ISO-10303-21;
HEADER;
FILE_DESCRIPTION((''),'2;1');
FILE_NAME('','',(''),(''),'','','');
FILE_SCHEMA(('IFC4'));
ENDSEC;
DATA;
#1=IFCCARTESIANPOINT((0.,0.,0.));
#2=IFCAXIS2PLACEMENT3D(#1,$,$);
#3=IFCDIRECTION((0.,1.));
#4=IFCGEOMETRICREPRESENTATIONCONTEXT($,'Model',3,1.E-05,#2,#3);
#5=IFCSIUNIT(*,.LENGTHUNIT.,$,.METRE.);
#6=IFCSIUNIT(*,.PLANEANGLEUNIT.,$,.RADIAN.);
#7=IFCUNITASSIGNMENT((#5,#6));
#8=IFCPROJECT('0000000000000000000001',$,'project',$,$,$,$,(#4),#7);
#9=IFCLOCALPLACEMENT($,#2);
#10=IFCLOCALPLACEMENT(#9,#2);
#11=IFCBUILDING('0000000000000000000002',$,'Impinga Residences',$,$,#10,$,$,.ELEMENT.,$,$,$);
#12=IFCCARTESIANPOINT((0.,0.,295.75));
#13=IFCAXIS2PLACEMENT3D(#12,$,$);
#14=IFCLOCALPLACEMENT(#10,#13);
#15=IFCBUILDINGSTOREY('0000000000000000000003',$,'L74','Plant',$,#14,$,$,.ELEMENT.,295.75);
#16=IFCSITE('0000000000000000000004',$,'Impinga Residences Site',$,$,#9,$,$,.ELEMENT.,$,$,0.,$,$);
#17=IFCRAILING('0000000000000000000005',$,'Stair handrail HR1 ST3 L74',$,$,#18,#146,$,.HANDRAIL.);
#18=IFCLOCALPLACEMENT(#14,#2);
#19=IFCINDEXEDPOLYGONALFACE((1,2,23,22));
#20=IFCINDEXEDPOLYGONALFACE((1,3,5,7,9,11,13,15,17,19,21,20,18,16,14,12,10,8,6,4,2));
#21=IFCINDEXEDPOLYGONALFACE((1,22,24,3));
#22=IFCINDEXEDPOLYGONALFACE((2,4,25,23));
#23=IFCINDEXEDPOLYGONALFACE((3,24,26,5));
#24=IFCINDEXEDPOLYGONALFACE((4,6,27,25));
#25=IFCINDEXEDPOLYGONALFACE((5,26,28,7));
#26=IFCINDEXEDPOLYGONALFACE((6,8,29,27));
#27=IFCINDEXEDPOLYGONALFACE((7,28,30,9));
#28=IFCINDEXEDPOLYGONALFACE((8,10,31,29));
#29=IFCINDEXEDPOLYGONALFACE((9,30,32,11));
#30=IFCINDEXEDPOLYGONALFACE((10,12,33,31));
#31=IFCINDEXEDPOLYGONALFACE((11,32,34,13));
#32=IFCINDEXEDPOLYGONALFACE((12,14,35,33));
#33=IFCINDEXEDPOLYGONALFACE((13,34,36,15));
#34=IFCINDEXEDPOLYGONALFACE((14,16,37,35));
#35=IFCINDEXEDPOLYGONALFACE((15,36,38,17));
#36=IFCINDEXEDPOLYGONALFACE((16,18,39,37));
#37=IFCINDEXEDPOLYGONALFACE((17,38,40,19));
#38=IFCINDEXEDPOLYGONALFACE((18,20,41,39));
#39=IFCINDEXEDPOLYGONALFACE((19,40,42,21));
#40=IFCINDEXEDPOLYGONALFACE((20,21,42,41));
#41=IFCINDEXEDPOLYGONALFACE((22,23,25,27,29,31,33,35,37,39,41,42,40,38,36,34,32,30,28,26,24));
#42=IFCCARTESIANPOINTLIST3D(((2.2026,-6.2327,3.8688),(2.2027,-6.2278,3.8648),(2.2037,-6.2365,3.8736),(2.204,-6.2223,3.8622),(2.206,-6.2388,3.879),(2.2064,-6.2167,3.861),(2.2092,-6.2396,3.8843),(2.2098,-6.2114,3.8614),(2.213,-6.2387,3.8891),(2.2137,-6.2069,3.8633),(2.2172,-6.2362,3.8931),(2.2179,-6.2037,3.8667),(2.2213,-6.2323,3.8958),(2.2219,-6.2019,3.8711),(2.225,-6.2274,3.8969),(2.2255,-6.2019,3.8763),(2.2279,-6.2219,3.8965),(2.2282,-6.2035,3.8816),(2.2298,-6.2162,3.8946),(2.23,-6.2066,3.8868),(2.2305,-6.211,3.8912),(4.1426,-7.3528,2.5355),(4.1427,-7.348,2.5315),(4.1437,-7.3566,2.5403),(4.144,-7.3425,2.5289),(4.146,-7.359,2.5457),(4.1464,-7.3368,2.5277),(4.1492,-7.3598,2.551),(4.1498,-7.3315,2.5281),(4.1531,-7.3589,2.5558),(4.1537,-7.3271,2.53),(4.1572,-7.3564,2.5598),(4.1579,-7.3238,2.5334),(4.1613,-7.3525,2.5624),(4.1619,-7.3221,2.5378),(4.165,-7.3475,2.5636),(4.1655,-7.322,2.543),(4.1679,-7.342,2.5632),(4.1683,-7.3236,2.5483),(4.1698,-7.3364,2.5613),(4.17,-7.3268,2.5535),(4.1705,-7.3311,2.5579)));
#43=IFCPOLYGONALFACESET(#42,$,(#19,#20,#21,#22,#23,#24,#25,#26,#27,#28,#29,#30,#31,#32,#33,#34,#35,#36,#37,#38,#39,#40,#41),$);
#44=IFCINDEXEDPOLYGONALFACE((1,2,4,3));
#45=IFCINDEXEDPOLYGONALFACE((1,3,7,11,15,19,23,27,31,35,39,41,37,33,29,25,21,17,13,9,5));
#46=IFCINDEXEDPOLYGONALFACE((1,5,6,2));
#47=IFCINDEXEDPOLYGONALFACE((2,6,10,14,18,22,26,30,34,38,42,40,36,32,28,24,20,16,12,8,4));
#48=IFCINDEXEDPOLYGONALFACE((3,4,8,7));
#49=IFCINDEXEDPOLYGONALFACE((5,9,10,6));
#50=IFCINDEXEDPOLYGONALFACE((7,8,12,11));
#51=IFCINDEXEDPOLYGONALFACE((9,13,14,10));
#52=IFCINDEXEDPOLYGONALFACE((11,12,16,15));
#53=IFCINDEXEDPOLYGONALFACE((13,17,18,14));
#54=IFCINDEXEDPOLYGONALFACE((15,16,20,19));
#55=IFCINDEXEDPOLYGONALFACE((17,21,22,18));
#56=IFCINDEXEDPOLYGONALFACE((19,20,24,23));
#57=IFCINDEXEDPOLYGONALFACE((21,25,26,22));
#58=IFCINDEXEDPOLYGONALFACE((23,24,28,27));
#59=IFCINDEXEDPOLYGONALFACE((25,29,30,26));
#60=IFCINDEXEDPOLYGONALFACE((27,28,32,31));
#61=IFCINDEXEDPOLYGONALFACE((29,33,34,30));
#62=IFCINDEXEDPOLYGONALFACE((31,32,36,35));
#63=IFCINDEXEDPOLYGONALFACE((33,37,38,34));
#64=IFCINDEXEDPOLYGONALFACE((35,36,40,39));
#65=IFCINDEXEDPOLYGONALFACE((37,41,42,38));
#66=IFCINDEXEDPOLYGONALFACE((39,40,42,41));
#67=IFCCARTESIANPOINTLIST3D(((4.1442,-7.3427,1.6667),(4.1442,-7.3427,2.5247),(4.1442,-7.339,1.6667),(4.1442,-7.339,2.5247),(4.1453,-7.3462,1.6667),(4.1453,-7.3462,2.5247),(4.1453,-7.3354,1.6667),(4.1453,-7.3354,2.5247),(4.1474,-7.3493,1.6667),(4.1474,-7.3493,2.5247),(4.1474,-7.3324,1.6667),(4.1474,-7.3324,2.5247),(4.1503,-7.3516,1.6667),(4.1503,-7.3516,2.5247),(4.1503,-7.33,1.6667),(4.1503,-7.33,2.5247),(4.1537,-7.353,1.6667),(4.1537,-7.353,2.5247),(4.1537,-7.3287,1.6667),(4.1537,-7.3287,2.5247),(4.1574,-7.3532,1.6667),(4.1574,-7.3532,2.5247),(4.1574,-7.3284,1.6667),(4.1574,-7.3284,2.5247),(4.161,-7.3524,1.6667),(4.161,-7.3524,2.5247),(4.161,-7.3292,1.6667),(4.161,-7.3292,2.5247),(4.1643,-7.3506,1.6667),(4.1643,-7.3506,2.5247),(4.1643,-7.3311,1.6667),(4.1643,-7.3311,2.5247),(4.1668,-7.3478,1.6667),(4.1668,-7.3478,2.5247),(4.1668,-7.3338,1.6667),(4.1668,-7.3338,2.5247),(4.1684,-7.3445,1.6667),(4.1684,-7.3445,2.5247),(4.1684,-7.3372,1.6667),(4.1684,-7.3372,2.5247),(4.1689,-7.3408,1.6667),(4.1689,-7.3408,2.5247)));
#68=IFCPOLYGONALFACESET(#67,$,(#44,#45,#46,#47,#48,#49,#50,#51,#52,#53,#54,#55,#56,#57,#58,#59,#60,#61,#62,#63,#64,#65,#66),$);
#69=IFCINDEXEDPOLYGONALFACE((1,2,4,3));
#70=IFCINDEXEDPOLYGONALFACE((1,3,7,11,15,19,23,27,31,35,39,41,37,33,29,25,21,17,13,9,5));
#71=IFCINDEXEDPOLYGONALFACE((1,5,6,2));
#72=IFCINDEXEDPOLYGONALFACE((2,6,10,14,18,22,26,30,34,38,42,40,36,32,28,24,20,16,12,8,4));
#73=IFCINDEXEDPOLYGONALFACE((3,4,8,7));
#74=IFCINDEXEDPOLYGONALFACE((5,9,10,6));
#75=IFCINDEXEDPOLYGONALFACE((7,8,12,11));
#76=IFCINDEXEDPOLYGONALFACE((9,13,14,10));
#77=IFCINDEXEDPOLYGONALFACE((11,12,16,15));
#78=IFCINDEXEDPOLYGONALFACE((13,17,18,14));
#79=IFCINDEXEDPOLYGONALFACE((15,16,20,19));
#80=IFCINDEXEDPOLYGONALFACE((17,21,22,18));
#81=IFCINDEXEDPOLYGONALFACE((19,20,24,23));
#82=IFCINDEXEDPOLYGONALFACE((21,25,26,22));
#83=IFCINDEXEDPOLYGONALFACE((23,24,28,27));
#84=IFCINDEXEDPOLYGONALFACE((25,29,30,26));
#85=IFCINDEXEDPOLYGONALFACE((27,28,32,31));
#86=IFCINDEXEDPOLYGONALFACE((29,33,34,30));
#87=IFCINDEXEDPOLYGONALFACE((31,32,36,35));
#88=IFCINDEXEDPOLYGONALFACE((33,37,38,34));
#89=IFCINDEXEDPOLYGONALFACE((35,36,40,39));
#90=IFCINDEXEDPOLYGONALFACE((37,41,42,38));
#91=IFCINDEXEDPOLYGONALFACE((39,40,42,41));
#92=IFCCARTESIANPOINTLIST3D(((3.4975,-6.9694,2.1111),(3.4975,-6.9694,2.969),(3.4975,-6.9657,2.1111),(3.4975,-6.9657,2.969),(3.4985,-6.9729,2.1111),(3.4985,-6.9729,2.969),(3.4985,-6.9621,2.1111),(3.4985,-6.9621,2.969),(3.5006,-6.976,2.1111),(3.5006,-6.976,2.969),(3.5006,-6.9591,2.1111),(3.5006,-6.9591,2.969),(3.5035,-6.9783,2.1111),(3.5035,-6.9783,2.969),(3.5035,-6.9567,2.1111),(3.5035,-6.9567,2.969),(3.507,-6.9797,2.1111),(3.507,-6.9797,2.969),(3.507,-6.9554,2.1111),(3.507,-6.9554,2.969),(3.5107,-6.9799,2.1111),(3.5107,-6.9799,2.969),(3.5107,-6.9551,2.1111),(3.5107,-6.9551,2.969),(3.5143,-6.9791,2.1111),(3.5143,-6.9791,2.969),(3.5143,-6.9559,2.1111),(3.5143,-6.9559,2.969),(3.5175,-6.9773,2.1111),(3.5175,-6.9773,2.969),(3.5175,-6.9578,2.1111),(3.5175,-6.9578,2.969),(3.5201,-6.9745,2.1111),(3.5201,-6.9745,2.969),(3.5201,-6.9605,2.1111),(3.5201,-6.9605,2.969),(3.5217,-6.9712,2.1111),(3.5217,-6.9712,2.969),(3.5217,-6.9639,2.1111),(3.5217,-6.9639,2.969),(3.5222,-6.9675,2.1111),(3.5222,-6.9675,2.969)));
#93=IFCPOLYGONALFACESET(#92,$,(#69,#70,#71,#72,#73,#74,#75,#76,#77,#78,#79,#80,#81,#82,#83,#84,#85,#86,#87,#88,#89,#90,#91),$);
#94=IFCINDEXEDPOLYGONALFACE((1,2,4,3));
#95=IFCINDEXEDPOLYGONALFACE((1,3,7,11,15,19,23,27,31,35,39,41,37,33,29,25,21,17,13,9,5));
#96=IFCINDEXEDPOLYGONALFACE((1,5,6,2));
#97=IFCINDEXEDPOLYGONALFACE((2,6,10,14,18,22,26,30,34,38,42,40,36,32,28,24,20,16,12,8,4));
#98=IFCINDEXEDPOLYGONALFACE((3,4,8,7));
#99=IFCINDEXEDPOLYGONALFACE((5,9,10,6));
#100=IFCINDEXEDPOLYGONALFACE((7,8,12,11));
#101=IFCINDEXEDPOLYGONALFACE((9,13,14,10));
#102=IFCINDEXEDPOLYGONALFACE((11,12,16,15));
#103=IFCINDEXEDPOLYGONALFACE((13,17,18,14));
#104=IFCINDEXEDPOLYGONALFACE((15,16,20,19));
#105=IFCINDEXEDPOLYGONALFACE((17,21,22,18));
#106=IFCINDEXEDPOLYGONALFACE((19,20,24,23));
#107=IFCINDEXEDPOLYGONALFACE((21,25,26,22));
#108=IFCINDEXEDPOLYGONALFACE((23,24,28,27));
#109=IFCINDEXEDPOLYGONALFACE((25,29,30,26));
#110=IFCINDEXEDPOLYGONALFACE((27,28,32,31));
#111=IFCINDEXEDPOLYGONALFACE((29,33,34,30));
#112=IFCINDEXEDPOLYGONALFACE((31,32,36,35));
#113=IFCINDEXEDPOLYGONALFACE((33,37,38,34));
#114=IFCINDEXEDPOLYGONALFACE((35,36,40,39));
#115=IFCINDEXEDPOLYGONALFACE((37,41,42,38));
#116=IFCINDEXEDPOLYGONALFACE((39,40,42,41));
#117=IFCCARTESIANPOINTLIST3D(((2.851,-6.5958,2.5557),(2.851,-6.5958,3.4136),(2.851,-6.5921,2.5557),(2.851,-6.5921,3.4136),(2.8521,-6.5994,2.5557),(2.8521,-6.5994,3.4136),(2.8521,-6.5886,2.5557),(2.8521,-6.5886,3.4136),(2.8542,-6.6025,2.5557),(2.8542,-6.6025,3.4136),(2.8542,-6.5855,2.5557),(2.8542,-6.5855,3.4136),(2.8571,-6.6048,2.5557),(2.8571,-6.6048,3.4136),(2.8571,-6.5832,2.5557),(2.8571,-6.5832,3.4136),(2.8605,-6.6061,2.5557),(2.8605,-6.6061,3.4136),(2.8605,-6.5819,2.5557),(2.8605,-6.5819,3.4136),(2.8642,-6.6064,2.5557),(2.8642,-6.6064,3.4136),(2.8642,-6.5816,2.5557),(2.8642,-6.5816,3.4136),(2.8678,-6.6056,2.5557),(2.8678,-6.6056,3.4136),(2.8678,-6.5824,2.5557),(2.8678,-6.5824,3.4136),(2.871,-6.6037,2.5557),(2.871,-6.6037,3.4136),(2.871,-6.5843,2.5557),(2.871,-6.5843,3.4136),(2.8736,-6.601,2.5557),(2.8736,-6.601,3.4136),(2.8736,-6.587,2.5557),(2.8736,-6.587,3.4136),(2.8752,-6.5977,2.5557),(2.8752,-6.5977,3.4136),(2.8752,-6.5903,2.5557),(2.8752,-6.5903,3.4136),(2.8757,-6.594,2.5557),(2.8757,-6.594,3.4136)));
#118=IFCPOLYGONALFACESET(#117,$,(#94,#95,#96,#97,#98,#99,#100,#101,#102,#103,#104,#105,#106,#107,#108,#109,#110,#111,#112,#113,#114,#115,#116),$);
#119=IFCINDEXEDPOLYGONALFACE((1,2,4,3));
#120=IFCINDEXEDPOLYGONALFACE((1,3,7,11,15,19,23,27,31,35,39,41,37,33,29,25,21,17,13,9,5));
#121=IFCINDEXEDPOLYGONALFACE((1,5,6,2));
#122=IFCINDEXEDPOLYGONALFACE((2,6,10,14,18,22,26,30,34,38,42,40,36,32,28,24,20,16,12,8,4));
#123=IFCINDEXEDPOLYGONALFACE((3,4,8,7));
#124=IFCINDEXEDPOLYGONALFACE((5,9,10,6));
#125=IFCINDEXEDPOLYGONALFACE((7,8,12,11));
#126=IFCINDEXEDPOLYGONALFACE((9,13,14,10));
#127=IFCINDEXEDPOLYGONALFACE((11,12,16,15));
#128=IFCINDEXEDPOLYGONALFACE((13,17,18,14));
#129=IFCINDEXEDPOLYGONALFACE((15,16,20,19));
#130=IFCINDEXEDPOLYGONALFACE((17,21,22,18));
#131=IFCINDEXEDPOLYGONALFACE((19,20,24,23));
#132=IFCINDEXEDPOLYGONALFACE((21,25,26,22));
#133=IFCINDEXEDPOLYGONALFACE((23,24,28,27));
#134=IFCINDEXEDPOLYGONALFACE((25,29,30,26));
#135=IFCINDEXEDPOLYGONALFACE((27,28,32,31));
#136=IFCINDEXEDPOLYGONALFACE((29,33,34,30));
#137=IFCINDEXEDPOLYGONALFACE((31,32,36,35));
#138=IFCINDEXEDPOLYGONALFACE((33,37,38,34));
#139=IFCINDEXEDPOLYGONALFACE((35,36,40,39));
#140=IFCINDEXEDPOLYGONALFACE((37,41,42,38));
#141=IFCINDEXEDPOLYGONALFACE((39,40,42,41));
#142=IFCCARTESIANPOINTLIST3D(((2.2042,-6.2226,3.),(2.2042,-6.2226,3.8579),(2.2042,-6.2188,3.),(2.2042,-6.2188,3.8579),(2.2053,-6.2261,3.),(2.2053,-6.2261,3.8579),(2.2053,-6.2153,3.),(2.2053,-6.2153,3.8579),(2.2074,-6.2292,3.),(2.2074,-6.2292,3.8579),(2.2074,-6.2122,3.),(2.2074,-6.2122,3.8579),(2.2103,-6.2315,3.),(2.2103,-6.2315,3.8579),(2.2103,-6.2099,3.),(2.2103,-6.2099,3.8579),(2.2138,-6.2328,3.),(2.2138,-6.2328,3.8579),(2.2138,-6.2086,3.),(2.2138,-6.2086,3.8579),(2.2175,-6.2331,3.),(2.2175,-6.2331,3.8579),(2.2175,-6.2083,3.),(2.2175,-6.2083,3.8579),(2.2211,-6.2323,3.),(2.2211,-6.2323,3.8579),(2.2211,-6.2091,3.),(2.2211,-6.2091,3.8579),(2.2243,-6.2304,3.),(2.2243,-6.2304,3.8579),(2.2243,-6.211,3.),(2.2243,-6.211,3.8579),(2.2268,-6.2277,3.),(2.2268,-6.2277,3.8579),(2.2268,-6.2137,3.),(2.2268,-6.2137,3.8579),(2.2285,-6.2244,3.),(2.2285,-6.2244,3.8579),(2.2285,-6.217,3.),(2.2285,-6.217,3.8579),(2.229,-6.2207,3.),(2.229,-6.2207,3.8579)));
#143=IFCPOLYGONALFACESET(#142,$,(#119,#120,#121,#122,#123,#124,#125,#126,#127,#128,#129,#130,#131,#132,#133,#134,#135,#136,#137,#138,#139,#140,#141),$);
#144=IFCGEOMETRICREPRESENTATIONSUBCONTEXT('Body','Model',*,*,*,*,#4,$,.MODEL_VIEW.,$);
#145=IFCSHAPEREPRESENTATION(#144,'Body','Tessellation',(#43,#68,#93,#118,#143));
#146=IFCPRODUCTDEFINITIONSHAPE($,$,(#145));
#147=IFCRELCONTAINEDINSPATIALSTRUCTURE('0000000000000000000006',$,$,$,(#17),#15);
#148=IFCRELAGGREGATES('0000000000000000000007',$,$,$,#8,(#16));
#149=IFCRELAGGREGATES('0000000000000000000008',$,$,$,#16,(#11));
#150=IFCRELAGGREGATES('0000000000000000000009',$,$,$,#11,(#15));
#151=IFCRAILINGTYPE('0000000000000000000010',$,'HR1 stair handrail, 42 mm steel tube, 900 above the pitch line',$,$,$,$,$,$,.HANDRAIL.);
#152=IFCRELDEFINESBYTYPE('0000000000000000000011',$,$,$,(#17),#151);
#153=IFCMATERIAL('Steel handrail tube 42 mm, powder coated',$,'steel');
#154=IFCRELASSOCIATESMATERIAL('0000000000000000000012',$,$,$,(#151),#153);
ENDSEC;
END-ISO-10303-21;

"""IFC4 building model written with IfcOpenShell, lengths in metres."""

from ifc_helpers import new_model, si_unit, direction, frame, origin, origin_2d, place, context, subcontext, project, spatial, circle, extrude, material, type_object, element, save


model = new_model("IFC4")

# Units and contexts
model_context = context("Model", 3, precision=1e-05, world=origin(), true_north=direction((0.0, 1.0)))
body_context = subcontext(model_context, "Body", "Model", "MODEL_VIEW")
ifc_project = project(units=[si_unit("LENGTHUNIT", "METRE"), si_unit("PLANEANGLEUNIT", "RADIAN")], contexts=[model_context])

# Site, building, storey
site_placement = place(None, origin())
site = spatial("IfcSite", under=ifc_project, at=site_placement, Name="Impinga Residences Site", CompositionType="ELEMENT", RefElevation=0.0)
building_placement = place(site_placement, origin())
building = spatial("IfcBuilding", under=site, at=building_placement, Name="Impinga Residences", CompositionType="ELEMENT")
storey_placement = place(building_placement, frame((0.0, 0.0, 295.75)))
storey = spatial("IfcBuildingStorey", under=building, at=storey_placement, Name="L74", Description="Plant", CompositionType="ELEMENT", Elevation=295.75)

# Railing
ifc_material_1 = material(Name="Steel handrail tube 42 mm, powder coated", Category="steel")
railing_type_1 = type_object("IfcRailingType", Name="HR1 stair handrail, 42 mm steel tube, 900 above the pitch line", PredefinedType="HANDRAIL", material=ifc_material_1)
railing_1_placement = place(storey_placement, frame((4.1565, -7.3408, 1.6667)))
element("IfcRailing", 1, at=railing_1_placement, inside=storey, type_object=railing_type_1, Name="Stair handrail HR1 ST3 L74", PredefinedType="HANDRAIL", context=body_context, shape_type="SweptSolid", body=[
    extrude(circle(Radius=0.021, at=origin_2d()), frame((0.0, 0.0, 0.8789), z_axis=(-0.744175, 0.429684, 0.511444), x_axis=(-0.500031, -0.866008, 0.0)), (0.0, 0.0, 1.0), 2.6069),
    extrude(circle(Radius=0.0125, at=origin_2d()), origin(), (0.0, 0.0, 1.0), 0.8579),
    extrude(circle(Radius=0.0125, at=origin_2d()), frame((-0.6467, 0.3733, 0.4443)), (0.0, 0.0, 1.0), 0.8579),
    extrude(circle(Radius=0.0125, at=origin_2d()), frame((-1.2932, 0.7468, 0.8889)), (0.0, 0.0, 1.0), 0.8579),
    extrude(circle(Radius=0.0125, at=origin_2d()), frame((-1.9399, 1.1201, 1.3333)), (0.0, 0.0, 1.0), 0.8579),
])

save(model, "model.ifc")
